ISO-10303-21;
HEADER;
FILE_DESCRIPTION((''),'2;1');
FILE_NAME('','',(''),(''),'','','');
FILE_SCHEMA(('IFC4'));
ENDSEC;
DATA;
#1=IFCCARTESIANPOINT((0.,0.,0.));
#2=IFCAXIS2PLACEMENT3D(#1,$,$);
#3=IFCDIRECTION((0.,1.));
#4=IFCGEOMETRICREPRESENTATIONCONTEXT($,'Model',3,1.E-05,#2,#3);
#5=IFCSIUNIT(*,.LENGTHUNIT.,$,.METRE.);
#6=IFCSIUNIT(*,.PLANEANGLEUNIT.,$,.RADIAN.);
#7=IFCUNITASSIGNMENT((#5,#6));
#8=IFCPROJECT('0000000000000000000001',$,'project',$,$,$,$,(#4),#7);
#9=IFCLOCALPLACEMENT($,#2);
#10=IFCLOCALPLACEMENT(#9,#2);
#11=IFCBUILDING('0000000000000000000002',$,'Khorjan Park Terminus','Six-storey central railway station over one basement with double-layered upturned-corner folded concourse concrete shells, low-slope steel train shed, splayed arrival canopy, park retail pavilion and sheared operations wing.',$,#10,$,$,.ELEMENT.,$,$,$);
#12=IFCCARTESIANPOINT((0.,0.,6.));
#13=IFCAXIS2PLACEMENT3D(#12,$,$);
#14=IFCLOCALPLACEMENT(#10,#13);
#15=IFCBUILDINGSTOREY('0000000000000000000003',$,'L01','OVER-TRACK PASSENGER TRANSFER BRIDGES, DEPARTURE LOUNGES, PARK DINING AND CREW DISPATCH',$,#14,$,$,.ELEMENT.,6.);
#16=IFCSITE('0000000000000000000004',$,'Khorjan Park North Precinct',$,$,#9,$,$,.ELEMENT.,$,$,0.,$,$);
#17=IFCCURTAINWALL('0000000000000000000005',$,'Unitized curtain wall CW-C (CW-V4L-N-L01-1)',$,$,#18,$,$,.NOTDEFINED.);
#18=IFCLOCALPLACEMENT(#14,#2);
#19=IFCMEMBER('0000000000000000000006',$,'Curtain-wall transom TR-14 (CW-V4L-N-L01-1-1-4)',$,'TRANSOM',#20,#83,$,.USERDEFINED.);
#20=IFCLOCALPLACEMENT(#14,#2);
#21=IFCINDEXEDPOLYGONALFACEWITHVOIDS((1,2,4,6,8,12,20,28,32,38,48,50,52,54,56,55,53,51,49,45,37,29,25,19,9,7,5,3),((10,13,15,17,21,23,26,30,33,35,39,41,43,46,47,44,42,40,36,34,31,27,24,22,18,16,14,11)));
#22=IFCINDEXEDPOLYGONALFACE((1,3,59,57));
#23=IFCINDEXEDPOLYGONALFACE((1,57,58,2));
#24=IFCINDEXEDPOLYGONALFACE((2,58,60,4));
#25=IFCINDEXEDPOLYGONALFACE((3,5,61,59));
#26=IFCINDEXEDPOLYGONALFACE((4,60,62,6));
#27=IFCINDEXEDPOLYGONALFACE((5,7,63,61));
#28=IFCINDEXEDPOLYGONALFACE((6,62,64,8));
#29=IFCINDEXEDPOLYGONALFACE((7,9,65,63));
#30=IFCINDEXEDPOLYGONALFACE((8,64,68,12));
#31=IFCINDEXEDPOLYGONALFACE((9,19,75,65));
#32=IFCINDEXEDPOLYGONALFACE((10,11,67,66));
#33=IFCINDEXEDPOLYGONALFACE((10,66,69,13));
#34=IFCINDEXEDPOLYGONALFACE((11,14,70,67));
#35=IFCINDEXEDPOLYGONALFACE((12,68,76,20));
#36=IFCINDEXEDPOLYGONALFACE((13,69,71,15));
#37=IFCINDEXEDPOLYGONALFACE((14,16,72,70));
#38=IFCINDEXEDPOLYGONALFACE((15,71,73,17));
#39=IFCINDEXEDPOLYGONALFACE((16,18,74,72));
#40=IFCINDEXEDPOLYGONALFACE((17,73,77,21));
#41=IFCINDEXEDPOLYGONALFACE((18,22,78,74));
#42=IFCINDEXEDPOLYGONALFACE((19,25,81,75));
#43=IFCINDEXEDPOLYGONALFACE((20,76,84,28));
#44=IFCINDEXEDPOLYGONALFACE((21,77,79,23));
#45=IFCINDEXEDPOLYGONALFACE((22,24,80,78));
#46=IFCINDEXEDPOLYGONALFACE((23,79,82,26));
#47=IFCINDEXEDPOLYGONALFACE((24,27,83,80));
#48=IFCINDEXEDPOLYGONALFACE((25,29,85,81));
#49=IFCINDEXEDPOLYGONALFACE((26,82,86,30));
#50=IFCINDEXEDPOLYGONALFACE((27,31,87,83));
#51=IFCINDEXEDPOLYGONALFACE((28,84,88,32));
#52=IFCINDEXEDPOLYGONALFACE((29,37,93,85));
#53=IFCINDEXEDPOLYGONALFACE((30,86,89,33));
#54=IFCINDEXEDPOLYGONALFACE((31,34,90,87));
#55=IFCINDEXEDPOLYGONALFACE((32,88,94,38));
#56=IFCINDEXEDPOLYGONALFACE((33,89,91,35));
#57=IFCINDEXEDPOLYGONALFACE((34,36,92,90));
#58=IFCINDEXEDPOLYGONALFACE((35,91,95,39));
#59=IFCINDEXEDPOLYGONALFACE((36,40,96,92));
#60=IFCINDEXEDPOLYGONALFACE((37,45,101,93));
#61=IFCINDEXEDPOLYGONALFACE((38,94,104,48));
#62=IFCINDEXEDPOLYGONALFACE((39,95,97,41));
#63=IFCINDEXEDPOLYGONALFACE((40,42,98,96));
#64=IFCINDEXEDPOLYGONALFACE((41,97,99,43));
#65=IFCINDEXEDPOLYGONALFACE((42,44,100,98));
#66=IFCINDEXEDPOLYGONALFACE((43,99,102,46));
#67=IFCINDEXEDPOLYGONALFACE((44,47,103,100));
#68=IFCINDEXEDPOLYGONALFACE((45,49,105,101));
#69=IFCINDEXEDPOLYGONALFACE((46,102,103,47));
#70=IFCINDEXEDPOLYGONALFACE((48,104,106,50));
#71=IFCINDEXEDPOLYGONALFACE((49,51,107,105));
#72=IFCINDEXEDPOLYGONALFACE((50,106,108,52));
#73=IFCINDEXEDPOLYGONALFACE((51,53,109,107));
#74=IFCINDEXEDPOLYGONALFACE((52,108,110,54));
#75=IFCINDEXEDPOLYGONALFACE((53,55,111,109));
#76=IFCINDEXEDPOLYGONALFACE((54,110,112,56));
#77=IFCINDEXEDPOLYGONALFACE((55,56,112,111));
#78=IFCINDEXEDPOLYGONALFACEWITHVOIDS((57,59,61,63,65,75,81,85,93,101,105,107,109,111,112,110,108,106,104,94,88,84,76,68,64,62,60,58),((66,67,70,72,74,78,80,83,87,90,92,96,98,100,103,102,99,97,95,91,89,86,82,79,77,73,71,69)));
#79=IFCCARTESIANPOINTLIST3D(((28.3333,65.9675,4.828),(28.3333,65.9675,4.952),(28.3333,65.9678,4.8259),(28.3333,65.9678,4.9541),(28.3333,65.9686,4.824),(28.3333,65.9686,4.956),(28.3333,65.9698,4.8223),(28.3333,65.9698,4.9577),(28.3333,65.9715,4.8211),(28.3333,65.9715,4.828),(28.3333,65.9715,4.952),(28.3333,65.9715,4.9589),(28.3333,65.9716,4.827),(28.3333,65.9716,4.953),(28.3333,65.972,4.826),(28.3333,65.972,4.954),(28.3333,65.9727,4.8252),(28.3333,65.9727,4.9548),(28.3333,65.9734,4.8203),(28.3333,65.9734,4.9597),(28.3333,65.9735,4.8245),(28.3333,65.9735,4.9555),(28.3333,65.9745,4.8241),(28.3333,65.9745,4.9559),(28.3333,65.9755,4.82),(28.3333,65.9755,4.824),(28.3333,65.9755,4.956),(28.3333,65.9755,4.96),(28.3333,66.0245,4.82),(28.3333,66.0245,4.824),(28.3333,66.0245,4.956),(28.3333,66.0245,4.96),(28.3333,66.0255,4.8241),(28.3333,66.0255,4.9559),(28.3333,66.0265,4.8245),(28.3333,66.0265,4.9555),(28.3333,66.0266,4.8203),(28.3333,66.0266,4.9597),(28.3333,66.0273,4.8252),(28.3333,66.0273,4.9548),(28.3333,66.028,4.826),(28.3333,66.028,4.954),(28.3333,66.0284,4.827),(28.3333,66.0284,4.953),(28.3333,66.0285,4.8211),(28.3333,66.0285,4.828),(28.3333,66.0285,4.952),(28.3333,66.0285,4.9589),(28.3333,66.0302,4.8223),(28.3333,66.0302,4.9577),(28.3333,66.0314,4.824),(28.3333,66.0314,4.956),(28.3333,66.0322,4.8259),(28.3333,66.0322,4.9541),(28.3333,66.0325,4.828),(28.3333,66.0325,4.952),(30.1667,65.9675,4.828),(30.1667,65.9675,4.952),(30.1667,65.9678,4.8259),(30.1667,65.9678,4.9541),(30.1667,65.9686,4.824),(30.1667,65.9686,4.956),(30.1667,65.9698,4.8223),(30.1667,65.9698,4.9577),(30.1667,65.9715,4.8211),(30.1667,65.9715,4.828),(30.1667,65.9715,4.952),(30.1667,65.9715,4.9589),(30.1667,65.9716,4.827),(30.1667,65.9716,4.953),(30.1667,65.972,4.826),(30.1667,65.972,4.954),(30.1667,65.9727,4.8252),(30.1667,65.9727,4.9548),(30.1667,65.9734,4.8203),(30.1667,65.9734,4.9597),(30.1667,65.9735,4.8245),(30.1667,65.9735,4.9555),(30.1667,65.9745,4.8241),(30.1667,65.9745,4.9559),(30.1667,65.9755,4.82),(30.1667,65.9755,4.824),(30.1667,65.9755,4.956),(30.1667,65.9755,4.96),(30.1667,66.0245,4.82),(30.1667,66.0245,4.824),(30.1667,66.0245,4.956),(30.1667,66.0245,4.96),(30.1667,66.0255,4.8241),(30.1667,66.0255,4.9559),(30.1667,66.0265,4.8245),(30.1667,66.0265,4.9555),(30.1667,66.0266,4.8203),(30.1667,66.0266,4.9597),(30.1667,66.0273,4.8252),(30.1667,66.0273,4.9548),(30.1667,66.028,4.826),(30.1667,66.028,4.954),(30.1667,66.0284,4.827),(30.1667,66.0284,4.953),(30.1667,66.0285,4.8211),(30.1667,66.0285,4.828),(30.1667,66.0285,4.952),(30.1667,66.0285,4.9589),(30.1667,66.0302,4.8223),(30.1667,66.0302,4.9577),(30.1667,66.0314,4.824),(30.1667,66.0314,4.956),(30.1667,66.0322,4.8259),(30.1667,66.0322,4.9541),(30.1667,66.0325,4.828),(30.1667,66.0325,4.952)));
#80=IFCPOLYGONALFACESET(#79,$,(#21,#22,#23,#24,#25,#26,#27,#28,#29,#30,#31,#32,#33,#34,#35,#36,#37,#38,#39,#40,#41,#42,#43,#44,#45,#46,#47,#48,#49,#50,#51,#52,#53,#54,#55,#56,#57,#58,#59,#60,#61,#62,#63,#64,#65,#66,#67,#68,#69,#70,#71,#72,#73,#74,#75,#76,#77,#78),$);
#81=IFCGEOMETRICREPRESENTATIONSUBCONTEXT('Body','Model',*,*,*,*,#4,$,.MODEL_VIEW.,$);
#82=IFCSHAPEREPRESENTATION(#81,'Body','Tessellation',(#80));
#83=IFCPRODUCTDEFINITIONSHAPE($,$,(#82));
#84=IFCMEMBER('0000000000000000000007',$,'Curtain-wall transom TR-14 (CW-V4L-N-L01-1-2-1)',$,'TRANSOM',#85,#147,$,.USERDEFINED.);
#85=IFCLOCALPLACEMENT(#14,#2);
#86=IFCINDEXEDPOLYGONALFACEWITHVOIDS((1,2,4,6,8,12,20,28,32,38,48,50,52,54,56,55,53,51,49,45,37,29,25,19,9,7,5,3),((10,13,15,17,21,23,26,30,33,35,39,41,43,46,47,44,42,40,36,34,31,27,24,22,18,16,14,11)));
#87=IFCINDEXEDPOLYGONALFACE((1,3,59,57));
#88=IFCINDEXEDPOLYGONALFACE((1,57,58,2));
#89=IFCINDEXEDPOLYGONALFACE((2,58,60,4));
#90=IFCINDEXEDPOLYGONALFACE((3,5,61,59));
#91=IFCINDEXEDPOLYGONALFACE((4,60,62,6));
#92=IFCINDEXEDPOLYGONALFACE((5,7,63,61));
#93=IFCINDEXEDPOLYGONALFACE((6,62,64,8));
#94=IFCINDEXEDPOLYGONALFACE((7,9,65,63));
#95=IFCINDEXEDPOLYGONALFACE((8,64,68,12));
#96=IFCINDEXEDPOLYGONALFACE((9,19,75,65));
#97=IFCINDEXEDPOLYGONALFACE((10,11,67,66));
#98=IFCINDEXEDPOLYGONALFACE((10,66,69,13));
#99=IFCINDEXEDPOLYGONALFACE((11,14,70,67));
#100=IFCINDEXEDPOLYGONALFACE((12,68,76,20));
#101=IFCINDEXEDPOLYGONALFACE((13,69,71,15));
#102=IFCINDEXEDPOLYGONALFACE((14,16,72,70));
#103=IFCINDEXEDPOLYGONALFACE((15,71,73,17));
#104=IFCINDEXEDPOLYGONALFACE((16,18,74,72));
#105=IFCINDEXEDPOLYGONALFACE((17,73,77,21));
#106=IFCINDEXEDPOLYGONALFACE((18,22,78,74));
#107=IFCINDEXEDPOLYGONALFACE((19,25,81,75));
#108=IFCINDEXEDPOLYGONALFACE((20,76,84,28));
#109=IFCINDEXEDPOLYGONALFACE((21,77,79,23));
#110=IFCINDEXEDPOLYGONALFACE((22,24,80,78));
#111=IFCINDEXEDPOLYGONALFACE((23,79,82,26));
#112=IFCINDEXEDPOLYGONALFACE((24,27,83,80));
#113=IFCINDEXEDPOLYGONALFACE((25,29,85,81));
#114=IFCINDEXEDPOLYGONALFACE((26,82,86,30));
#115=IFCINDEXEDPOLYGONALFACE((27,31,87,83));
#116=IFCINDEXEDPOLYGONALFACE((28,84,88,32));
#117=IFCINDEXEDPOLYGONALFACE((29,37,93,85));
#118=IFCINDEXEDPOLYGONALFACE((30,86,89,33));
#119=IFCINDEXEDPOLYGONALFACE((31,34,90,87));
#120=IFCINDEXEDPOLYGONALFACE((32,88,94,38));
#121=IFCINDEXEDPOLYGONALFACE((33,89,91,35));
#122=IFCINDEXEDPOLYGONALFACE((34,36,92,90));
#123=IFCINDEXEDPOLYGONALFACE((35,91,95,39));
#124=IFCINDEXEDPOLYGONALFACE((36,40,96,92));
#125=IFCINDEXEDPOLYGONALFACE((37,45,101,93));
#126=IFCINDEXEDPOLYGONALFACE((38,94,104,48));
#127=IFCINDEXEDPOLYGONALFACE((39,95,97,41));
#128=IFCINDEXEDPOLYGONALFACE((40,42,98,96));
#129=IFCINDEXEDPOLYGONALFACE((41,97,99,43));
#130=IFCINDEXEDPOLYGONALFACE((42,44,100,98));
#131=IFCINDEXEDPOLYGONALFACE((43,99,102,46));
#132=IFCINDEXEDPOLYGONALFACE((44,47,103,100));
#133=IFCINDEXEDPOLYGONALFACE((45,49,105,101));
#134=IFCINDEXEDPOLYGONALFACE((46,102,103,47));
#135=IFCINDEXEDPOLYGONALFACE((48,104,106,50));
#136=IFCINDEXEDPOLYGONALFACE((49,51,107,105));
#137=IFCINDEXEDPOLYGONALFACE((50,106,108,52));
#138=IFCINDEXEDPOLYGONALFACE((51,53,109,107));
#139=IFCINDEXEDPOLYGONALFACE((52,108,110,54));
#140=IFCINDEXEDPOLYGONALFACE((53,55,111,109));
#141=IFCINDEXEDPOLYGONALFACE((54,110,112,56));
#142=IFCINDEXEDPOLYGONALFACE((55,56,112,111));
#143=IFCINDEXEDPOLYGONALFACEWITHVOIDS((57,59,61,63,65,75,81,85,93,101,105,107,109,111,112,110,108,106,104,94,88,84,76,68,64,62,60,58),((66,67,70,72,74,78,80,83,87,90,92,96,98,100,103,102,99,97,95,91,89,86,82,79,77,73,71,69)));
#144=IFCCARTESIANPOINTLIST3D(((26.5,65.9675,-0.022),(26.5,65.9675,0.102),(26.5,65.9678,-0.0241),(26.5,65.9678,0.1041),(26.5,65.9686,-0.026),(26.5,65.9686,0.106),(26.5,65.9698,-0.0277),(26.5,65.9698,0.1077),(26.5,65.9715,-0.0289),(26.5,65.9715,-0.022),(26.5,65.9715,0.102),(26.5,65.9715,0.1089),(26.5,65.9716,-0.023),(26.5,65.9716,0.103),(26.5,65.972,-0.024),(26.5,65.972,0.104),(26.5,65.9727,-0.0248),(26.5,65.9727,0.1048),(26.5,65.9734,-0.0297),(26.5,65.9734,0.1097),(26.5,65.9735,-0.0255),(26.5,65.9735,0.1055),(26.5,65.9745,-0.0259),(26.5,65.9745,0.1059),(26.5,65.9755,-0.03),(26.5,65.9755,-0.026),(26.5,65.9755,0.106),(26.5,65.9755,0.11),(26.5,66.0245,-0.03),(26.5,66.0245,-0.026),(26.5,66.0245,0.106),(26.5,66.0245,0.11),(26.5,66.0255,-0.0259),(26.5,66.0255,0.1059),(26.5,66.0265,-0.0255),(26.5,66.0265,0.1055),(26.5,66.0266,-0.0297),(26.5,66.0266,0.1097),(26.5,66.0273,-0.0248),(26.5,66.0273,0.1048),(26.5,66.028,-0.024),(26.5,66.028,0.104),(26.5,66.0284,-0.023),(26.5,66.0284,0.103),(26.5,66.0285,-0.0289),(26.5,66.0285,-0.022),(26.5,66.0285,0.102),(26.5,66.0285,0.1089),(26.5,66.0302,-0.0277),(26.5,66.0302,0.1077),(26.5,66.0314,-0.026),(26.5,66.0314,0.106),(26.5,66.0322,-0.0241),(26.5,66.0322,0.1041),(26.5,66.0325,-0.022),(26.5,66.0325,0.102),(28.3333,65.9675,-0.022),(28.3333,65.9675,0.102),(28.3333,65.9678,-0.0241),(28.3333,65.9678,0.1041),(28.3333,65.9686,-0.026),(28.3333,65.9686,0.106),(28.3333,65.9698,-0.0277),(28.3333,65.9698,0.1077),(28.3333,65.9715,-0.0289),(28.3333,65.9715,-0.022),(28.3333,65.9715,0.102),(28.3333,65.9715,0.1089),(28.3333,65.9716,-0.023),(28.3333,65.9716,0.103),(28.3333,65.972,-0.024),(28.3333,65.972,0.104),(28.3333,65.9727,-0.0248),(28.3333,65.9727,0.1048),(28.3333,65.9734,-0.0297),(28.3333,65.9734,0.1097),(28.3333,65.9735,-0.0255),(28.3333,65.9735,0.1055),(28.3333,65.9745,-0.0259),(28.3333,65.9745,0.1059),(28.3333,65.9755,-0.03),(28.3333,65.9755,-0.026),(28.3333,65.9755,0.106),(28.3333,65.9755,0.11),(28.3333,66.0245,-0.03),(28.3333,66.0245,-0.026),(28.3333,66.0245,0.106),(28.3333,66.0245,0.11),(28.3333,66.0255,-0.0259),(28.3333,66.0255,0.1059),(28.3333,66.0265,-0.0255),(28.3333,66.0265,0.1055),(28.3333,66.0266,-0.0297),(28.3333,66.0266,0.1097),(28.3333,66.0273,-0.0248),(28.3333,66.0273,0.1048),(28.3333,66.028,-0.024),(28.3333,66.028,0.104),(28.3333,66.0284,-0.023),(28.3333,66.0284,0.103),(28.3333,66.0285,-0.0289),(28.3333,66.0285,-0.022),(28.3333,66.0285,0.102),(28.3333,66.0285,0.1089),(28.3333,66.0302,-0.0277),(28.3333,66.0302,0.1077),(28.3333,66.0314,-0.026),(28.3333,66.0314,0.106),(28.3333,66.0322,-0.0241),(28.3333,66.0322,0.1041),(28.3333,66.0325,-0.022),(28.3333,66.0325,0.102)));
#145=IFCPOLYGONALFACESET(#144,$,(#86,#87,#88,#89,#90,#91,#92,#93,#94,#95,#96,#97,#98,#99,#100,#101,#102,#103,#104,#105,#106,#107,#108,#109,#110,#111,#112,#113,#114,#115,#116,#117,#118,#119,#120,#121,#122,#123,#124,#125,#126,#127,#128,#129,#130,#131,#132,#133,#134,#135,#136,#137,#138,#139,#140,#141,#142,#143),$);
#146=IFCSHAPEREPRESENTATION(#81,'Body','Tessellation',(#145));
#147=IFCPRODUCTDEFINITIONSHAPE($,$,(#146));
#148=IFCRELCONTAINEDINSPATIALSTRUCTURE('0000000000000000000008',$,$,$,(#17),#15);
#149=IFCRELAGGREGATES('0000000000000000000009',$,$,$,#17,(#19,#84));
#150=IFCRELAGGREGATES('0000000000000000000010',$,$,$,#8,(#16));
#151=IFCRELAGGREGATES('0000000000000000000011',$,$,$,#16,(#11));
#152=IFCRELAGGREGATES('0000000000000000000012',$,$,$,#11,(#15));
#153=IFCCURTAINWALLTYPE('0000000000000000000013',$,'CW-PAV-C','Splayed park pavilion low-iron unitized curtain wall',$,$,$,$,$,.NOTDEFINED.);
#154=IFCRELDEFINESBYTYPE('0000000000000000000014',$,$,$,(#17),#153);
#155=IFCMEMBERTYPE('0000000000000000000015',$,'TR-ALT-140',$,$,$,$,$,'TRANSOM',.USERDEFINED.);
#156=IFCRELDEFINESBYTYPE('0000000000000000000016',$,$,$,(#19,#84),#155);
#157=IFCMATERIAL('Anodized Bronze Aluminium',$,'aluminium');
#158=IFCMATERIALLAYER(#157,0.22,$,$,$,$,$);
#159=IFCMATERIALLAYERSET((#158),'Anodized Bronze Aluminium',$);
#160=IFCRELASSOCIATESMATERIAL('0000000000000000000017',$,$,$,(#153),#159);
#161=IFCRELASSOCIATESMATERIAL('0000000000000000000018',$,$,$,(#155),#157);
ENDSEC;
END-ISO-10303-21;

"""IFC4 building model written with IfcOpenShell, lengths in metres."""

from ifc_helpers import new_model, si_unit, direction, frame, origin, origin_2d, place, context, subcontext, project, spatial, hollow_rectangle, extrude, material, layer, layer_set, material_profile, profile_set, type_object, element, aggregate, save


model = new_model("IFC4")

# Units and contexts
model_context = context("Model", 3, precision=1e-05, world=origin(), true_north=direction((0.0, 1.0)))
body_context = subcontext(model_context, "Body", "Model", "MODEL_VIEW")
ifc_project = project(units=[si_unit("LENGTHUNIT", "METRE"), si_unit("PLANEANGLEUNIT", "RADIAN")], contexts=[model_context])

# Site, building, storey
site_placement = place(None, origin())
site = spatial("IfcSite", under=ifc_project, at=site_placement, Name="Khorjan Park North Precinct", CompositionType="ELEMENT", RefElevation=0.0)
building_placement = place(site_placement, origin())
building = spatial("IfcBuilding", under=site, at=building_placement, Name="Khorjan Park Terminus", Description="Six-storey central railway station over one basement with double-layered upturned-corner folded concourse concrete shells, low-slope steel train shed, splayed arrival canopy, park retail pavilion and sheared operations wing.", CompositionType="ELEMENT")
storey_placement = place(building_placement, frame((0.0, 0.0, 6.0)))
storey = spatial("IfcBuildingStorey", under=building, at=storey_placement, Name="L01", Description="OVER-TRACK PASSENGER TRANSFER BRIDGES, DEPARTURE LOUNGES, PARK DINING AND CREW DISPATCH", CompositionType="ELEMENT", Elevation=6.0)

# Curtain wall, members
ifc_material_1 = material(Name="Anodized Bronze Aluminium", Category="aluminium")
ifc_layer_1 = layer(ifc_material_1, 0.22)
ifc_layer_set_1 = layer_set([ifc_layer_1], Name="Anodized Bronze Aluminium")
curtain_wall_type = type_object("IfcCurtainWallType", Name="CW-PAV-C", Description="Splayed park pavilion low-iron unitized curtain wall", PredefinedType="NOTDEFINED", material=ifc_layer_set_1)
curtain_wall_1_placement = place(storey_placement, origin())
curtain_wall_1 = element("IfcCurtainWall", 1, at=curtain_wall_1_placement, inside=storey, type_object=curtain_wall_type, Name="Unitized curtain wall CW-C (CW-V4L-N-L01-1)", PredefinedType="NOTDEFINED")
ifc_material_profile_1 = material_profile(ifc_material_1, hollow_rectangle(XDim=0.065, YDim=0.14, WallThickness=0.004, InnerFilletRadius=0.004, OuterFilletRadius=0.008, at=origin_2d()), Name="ALT 65x140x4")
ifc_profile_set_1 = profile_set([ifc_material_profile_1], Name="Anodized Bronze Aluminium")
member_type_1 = type_object("IfcMemberType", Name="TR-ALT-140", ElementType="TRANSOM", PredefinedType="USERDEFINED", material=ifc_profile_set_1)
member_1_placement = place(storey_placement, frame((30.1667, 66.0, 4.89), z_axis=(-1.0, 0.0, 0.0), x_axis=(0.0, -1.0, 0.0)))
member_1 = element("IfcMember", 2, at=member_1_placement, type_object=member_type_1, Name="Curtain-wall transom TR-14 (CW-V4L-N-L01-1-1-4)", ObjectType="TRANSOM", PredefinedType="USERDEFINED", context=body_context, shape_type="SweptSolid", body=[
    extrude(hollow_rectangle(XDim=0.065, YDim=0.14, WallThickness=0.004, InnerFilletRadius=0.004, OuterFilletRadius=0.008, at=origin_2d()), origin(), (0.0, 0.0, 1.0), 1.8334),
])
member_2_placement = place(storey_placement, frame((28.3333, 66.0, 0.04), z_axis=(-1.0, 0.0, 0.0), x_axis=(0.0, -1.0, 0.0)))
member_2 = element("IfcMember", 3, at=member_2_placement, type_object=member_type_1, Name="Curtain-wall transom TR-14 (CW-V4L-N-L01-1-2-1)", ObjectType="TRANSOM", PredefinedType="USERDEFINED", context=body_context, shape_type="SweptSolid", body=[
    extrude(hollow_rectangle(XDim=0.065, YDim=0.14, WallThickness=0.004, InnerFilletRadius=0.004, OuterFilletRadius=0.008, at=origin_2d()), origin(), (0.0, 0.0, 1.0), 1.8333),
])

aggregate(curtain_wall_1, [member_1, member_2])

save(model, "model.ifc")
